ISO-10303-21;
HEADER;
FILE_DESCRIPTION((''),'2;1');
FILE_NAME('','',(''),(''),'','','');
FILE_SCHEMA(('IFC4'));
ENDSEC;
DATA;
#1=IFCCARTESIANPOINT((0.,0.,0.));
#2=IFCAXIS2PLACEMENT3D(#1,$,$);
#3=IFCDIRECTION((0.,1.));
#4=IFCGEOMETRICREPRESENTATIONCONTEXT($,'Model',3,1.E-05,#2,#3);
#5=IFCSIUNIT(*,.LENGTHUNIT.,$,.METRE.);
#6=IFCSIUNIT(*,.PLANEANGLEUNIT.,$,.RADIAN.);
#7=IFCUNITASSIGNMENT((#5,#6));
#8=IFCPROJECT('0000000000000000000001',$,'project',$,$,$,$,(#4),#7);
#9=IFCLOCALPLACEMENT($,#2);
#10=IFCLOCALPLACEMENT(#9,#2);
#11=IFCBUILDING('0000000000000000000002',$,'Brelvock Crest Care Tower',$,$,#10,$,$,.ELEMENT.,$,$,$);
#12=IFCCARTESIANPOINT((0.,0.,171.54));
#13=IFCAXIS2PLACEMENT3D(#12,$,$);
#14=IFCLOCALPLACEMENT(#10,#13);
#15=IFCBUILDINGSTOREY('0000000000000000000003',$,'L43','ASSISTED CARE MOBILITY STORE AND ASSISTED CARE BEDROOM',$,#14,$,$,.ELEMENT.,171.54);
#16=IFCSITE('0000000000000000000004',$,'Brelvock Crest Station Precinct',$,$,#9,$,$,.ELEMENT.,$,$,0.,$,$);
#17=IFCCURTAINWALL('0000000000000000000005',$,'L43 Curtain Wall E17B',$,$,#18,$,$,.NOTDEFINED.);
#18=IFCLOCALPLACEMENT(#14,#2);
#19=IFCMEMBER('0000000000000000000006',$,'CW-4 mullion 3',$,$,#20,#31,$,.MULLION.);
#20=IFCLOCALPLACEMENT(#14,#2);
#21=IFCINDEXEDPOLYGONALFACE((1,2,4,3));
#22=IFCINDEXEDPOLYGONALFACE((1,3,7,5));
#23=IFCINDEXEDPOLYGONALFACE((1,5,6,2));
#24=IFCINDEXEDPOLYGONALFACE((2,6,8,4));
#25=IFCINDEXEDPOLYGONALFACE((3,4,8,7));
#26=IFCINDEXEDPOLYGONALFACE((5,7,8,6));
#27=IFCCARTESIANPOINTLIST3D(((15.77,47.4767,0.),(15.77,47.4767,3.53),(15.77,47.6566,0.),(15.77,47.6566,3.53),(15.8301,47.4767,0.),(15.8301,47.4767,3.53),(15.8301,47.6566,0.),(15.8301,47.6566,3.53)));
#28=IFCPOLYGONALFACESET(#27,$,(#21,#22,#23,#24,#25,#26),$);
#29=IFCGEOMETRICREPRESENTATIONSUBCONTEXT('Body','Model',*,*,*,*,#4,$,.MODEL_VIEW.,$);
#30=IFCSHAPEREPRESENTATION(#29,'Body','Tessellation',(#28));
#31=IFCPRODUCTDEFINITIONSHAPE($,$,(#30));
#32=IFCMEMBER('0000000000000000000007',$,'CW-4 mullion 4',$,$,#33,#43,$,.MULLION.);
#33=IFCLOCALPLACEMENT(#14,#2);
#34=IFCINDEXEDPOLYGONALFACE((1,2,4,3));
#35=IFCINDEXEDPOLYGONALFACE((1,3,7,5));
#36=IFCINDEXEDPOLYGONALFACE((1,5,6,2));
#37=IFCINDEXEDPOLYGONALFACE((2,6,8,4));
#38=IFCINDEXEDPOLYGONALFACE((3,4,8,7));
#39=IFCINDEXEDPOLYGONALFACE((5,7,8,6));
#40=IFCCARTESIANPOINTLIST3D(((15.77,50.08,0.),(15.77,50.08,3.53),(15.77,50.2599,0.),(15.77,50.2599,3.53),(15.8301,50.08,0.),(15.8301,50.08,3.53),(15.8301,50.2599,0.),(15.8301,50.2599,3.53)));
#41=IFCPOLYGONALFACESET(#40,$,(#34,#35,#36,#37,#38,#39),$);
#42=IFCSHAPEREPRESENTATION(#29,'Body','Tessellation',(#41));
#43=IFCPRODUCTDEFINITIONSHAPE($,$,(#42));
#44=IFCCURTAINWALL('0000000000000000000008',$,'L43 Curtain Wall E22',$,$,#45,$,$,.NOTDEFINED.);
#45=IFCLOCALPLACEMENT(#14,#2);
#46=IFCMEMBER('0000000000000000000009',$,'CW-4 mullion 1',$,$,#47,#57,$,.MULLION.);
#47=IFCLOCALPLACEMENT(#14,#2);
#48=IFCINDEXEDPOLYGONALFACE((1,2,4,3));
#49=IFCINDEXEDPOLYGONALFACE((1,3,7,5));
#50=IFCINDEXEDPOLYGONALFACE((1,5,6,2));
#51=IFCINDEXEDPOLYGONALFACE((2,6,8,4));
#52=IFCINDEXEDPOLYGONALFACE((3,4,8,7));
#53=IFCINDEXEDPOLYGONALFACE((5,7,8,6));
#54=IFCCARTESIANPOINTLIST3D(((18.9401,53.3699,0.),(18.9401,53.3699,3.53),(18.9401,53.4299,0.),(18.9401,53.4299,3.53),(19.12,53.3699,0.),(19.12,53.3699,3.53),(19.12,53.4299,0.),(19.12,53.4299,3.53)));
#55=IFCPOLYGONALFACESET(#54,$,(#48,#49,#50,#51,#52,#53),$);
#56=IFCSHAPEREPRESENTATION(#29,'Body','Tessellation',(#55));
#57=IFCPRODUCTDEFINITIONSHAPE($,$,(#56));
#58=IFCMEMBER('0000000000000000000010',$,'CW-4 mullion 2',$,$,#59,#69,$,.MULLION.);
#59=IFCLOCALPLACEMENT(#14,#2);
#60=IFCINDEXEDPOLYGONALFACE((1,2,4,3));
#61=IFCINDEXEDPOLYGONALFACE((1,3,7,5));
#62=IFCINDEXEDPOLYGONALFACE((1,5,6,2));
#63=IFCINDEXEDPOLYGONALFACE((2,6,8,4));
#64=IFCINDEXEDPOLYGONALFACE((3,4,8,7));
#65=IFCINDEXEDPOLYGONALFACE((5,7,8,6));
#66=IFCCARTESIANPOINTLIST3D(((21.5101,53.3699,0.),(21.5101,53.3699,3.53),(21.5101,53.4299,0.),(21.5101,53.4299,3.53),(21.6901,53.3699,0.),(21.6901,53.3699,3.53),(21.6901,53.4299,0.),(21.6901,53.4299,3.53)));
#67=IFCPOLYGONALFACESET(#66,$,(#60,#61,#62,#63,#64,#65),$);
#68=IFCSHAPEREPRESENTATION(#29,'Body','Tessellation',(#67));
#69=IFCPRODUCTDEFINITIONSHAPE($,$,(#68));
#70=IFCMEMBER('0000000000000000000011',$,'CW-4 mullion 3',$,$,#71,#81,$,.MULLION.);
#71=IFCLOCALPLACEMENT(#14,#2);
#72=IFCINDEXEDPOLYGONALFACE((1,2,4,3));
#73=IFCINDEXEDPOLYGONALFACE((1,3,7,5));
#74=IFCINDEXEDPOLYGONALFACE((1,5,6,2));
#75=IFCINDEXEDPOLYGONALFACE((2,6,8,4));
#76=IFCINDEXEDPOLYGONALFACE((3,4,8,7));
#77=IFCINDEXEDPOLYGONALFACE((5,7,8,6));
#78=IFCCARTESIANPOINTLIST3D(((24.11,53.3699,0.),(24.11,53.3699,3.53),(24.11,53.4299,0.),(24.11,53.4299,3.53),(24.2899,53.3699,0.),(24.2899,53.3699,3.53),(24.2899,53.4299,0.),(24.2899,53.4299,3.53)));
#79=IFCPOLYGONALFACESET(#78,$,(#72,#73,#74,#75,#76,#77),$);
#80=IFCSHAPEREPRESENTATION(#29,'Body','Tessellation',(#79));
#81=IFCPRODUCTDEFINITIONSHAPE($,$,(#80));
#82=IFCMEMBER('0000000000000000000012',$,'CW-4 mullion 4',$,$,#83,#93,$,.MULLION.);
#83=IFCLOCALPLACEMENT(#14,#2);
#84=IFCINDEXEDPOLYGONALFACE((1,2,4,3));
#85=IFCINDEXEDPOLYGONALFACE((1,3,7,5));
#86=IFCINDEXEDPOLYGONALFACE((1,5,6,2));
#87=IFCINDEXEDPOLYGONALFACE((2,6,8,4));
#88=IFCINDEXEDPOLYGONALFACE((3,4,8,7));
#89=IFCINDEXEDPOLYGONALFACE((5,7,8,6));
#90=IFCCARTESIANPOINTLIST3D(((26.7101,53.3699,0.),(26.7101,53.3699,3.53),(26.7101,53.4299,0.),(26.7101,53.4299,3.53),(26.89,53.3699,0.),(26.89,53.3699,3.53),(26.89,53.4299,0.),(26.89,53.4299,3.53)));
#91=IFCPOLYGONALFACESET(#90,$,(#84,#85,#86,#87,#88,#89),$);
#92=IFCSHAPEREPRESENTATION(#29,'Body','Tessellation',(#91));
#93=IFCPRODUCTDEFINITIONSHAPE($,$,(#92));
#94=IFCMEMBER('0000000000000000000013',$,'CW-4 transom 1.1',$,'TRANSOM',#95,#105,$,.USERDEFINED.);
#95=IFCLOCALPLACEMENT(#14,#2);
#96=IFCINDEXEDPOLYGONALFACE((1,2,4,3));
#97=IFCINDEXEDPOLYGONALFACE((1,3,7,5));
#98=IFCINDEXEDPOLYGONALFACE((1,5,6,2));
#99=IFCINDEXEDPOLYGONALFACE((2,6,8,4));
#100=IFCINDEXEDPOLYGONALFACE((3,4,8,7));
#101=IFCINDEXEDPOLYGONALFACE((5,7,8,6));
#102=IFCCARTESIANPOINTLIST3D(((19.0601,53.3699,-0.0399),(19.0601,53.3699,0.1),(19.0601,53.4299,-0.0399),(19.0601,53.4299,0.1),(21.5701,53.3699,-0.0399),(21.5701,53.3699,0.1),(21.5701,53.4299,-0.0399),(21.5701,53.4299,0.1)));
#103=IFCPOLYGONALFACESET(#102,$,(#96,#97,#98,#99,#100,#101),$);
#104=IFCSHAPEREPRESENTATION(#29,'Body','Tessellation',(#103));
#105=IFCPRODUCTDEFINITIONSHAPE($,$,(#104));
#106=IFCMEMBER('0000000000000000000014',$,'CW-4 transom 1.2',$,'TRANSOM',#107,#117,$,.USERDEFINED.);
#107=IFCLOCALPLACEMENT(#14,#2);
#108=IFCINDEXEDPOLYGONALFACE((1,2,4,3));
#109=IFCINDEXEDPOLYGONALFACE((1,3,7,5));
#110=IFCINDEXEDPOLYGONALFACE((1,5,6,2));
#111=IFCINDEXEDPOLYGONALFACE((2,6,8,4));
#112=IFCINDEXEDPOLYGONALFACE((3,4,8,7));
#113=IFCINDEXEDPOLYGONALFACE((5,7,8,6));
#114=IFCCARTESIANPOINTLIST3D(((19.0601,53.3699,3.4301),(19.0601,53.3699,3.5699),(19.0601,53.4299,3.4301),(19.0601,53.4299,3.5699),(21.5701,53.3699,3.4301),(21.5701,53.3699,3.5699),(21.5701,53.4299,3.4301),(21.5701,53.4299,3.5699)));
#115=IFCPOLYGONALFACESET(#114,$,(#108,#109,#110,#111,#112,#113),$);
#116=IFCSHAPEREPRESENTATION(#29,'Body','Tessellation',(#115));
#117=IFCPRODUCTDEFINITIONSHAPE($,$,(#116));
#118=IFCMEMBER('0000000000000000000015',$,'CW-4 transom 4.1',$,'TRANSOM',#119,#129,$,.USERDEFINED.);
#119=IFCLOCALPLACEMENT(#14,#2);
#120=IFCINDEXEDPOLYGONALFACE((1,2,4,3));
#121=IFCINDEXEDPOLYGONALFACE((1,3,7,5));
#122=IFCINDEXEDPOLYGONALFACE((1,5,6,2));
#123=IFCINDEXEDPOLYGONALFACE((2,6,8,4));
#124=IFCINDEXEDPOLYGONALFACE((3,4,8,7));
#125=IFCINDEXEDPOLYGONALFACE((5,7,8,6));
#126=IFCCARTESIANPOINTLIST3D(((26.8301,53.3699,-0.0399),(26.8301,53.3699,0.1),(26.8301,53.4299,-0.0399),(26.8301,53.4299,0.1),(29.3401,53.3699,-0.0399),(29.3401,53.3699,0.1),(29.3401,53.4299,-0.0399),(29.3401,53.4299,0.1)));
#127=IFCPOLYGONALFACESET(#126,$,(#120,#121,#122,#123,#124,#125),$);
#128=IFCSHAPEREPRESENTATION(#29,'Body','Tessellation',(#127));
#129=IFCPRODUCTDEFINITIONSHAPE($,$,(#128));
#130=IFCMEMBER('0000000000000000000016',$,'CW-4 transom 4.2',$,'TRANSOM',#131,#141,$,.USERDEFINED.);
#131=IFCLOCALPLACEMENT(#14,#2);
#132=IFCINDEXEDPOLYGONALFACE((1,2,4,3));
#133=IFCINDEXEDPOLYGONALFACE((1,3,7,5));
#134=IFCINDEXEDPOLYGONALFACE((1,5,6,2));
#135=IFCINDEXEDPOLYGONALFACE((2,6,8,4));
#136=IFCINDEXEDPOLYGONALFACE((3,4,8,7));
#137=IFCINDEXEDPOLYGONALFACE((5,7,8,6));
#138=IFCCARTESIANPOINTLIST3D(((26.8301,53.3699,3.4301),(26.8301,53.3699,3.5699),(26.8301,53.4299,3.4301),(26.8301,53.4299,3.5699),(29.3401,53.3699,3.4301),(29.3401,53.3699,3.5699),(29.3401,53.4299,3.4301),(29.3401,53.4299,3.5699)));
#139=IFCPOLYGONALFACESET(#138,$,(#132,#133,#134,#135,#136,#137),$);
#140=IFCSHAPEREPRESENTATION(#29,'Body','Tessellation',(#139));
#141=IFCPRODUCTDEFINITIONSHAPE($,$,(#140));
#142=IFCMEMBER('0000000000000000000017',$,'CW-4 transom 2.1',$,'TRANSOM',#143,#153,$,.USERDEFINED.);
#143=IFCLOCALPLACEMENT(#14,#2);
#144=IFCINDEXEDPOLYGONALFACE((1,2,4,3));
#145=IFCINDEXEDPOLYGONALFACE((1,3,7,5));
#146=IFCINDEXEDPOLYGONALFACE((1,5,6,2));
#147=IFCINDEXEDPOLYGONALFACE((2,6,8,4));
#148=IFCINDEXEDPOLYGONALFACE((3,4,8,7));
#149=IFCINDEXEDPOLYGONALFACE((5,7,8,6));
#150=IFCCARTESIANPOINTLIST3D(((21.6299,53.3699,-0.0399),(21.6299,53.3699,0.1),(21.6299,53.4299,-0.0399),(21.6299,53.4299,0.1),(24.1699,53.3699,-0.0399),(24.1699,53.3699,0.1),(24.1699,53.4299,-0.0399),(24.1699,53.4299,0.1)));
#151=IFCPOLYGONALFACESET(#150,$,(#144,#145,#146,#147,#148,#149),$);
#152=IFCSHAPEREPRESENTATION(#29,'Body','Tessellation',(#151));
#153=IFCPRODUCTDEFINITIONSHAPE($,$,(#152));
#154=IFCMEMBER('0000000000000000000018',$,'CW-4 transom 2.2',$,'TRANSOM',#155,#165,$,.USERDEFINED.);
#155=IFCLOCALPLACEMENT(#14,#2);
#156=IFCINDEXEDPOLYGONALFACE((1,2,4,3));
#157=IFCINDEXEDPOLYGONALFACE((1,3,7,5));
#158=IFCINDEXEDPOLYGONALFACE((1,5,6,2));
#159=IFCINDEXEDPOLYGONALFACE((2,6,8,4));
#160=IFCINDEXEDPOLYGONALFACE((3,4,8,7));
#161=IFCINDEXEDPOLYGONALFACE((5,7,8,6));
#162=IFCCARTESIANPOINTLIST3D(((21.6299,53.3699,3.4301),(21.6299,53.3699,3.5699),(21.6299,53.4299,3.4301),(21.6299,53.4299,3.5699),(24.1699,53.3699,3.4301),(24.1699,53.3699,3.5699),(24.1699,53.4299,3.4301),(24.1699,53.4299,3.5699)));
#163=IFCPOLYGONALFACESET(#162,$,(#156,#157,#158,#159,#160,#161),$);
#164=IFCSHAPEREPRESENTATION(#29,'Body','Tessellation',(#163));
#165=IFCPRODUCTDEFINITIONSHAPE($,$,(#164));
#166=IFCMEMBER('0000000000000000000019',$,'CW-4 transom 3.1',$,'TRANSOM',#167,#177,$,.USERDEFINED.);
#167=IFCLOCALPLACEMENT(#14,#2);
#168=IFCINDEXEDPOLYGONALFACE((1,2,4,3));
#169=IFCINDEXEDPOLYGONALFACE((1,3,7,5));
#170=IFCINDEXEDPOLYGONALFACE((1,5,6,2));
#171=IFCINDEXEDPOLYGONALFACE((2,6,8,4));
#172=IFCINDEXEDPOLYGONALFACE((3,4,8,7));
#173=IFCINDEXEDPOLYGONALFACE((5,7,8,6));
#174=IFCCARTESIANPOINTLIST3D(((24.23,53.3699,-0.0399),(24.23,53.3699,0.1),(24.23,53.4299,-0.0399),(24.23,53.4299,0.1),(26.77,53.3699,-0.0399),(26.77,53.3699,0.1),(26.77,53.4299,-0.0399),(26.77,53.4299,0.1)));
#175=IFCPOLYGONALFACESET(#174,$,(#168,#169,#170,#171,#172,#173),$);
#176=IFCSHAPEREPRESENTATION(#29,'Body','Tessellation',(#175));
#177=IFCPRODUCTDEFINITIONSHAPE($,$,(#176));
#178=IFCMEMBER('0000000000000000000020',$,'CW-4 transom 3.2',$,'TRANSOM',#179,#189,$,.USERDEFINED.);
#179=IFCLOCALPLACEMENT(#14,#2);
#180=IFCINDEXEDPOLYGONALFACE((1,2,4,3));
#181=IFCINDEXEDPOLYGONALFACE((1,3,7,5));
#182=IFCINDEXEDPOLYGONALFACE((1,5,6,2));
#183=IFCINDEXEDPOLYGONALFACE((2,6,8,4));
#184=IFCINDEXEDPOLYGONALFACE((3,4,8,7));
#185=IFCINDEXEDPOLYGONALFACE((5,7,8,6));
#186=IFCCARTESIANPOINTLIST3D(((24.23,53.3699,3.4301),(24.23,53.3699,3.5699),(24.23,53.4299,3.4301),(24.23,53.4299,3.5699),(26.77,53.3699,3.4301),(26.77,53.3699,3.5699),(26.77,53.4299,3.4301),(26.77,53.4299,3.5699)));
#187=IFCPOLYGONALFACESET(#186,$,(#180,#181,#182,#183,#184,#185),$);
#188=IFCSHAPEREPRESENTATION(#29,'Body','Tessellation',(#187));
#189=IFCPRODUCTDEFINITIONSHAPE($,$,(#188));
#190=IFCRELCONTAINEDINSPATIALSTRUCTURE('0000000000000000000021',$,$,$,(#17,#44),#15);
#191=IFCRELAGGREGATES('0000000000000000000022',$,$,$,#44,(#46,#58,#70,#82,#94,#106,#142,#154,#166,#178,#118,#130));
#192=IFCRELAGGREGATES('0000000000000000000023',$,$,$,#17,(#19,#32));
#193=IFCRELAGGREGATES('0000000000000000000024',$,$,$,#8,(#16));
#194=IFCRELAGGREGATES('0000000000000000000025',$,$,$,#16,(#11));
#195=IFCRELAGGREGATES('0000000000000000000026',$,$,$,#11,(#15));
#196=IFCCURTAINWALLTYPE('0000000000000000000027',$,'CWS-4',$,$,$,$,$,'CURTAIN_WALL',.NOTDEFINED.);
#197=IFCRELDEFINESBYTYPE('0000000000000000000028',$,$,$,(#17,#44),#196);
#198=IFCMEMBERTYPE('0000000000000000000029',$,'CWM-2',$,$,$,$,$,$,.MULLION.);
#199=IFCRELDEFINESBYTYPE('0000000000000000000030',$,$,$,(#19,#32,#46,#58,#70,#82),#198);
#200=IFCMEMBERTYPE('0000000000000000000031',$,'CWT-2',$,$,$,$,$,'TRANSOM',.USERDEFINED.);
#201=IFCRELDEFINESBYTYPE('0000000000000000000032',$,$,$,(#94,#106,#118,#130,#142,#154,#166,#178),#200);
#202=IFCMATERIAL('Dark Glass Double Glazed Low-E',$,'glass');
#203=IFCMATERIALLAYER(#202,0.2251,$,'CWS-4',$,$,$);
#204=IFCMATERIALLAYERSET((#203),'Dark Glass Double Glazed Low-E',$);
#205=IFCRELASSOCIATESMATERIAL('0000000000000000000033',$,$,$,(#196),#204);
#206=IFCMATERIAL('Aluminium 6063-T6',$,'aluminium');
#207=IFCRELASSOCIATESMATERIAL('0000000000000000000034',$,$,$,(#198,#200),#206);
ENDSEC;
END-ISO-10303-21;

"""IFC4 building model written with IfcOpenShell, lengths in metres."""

from ifc_helpers import new_model, si_unit, direction, frame, origin, origin_2d, place, context, subcontext, project, spatial, rectangle, extrude, source, transform, mapped, material, layer, layer_set, material_profile, profile_set, type_object, element, aggregate, save


model = new_model("IFC4")

# Units and contexts
model_context = context("Model", 3, precision=1e-05, world=origin(), true_north=direction((0.0, 1.0)))
body_context = subcontext(model_context, "Body", "Model", "MODEL_VIEW")
ifc_project = project(units=[si_unit("LENGTHUNIT", "METRE"), si_unit("PLANEANGLEUNIT", "RADIAN")], contexts=[model_context])

# Site, building, storey
site_placement = place(None, origin())
site = spatial("IfcSite", under=ifc_project, at=site_placement, Name="Brelvock Crest Station Precinct", CompositionType="ELEMENT", RefElevation=0.0)
building_placement = place(site_placement, origin())
building = spatial("IfcBuilding", under=site, at=building_placement, Name="Brelvock Crest Care Tower", CompositionType="ELEMENT")
storey_placement = place(building_placement, frame((0.0, 0.0, 171.54)))
storey = spatial("IfcBuildingStorey", under=building, at=storey_placement, Name="L43", Description="ASSISTED CARE MOBILITY STORE AND ASSISTED CARE BEDROOM", CompositionType="ELEMENT", Elevation=171.54)

# Curtain walls, members
ifc_material_1 = material(Name="Dark Glass Double Glazed Low-E", Category="glass")
ifc_layer_1 = layer(ifc_material_1, 0.2251, Name="CWS-4")
ifc_layer_set_1 = layer_set([ifc_layer_1], Name="Dark Glass Double Glazed Low-E")
curtain_wall_type = type_object("IfcCurtainWallType", Name="CWS-4", ElementType="CURTAIN_WALL", PredefinedType="NOTDEFINED", material=ifc_layer_set_1)
curtain_wall_1_placement = place(storey_placement, origin())
curtain_wall_1 = element("IfcCurtainWall", 1, at=curtain_wall_1_placement, inside=storey, type_object=curtain_wall_type, Name="L43 Curtain Wall E17B", PredefinedType="NOTDEFINED")
ifc_material_2 = material(Name="Aluminium 6063-T6", Category="aluminium")
ifc_material_profile_1 = material_profile(ifc_material_2, rectangle(XDim=0.0601, YDim=0.1799, at=origin_2d()), Name="ALU60x180")
ifc_profile_set_1 = profile_set([ifc_material_profile_1], Name="Aluminium 6063-T6")
member_type_1 = type_object("IfcMemberType", Name="CWM-2", PredefinedType="MULLION", material=ifc_profile_set_1)
shared_shape_1 = source(origin(), body_context, "Body", "SweptSolid", [
    extrude(rectangle(XDim=0.0601, YDim=0.1799, at=origin_2d()), origin(), (0.0, 0.0, 1.0), 3.53),
])
member_1_placement = place(storey_placement, frame((15.8, 47.5667, 0.0), z_axis=(0.0, 0.0, 1.0), x_axis=(-1.0, 0.0, 0.0)))
member_1 = element("IfcMember", 2, at=member_1_placement, type_object=member_type_1, Name="CW-4 mullion 3", PredefinedType="MULLION", context=body_context, shape_type="MappedRepresentation", body=[
    mapped(shared_shape_1, transform((0.0, 0.0, 0.0), x_axis=(1.0, 0.0, 0.0), y_axis=(0.0, 1.0, 0.0), z_axis=(0.0, 0.0, 1.0), scale=1.0)),
])
member_2_placement = place(storey_placement, frame((15.8, 50.1699, 0.0), z_axis=(0.0, 0.0, 1.0), x_axis=(-1.0, 0.0, 0.0)))
member_2 = element("IfcMember", 3, at=member_2_placement, type_object=member_type_1, Name="CW-4 mullion 4", PredefinedType="MULLION", context=body_context, shape_type="MappedRepresentation", body=[
    mapped(shared_shape_1, transform((0.0, 0.0, 0.0), x_axis=(1.0, 0.0, 0.0), y_axis=(0.0, 1.0, 0.0), z_axis=(0.0, 0.0, 1.0), scale=1.0)),
])
curtain_wall_2_placement = place(storey_placement, origin())
curtain_wall_2 = element("IfcCurtainWall", 4, at=curtain_wall_2_placement, inside=storey, type_object=curtain_wall_type, Name="L43 Curtain Wall E22", PredefinedType="NOTDEFINED")
member_3_placement = place(storey_placement, frame((19.03, 53.3999, 0.0), z_axis=(0.0, 0.0, 1.0), x_axis=(0.0, 1.0, 0.0)))
member_3 = element("IfcMember", 5, at=member_3_placement, type_object=member_type_1, Name="CW-4 mullion 1", PredefinedType="MULLION", context=body_context, shape_type="MappedRepresentation", body=[
    mapped(shared_shape_1, transform((0.0, 0.0, 0.0), x_axis=(1.0, 0.0, 0.0), y_axis=(0.0, 1.0, 0.0), z_axis=(0.0, 0.0, 1.0), scale=1.0)),
])
member_4_placement = place(storey_placement, frame((21.6001, 53.3999, 0.0), z_axis=(0.0, 0.0, 1.0), x_axis=(0.0, 1.0, 0.0)))
member_4 = element("IfcMember", 6, at=member_4_placement, type_object=member_type_1, Name="CW-4 mullion 2", PredefinedType="MULLION", context=body_context, shape_type="MappedRepresentation", body=[
    mapped(shared_shape_1, transform((0.0, 0.0, 0.0), x_axis=(1.0, 0.0, 0.0), y_axis=(0.0, 1.0, 0.0), z_axis=(0.0, 0.0, 1.0), scale=1.0)),
])
member_5_placement = place(storey_placement, frame((24.2, 53.3999, 0.0), z_axis=(0.0, 0.0, 1.0), x_axis=(0.0, 1.0, 0.0)))
member_5 = element("IfcMember", 7, at=member_5_placement, type_object=member_type_1, Name="CW-4 mullion 3", PredefinedType="MULLION", context=body_context, shape_type="MappedRepresentation", body=[
    mapped(shared_shape_1, transform((0.0, 0.0, 0.0), x_axis=(1.0, 0.0, 0.0), y_axis=(0.0, 1.0, 0.0), z_axis=(0.0, 0.0, 1.0), scale=1.0)),
])
member_6_placement = place(storey_placement, frame((26.8, 53.3999, 0.0), z_axis=(0.0, 0.0, 1.0), x_axis=(0.0, 1.0, 0.0)))
member_6 = element("IfcMember", 8, at=member_6_placement, type_object=member_type_1, Name="CW-4 mullion 4", PredefinedType="MULLION", context=body_context, shape_type="MappedRepresentation", body=[
    mapped(shared_shape_1, transform((0.0, 0.0, 0.0), x_axis=(1.0, 0.0, 0.0), y_axis=(0.0, 1.0, 0.0), z_axis=(0.0, 0.0, 1.0), scale=1.0)),
])
ifc_material_profile_2 = material_profile(ifc_material_2, rectangle(XDim=0.0601, YDim=0.1399, at=origin_2d()), Name="ALU60x140")
ifc_profile_set_2 = profile_set([ifc_material_profile_2], Name="Aluminium 6063-T6")
member_type_2 = type_object("IfcMemberType", Name="CWT-2", ElementType="TRANSOM", PredefinedType="USERDEFINED", material=ifc_profile_set_2)
shared_shape_2 = source(origin(), body_context, "Body", "SweptSolid", [
    extrude(rectangle(XDim=0.0601, YDim=0.1399, at=origin_2d()), origin(), (0.0, 0.0, 1.0), 2.51),
])
member_7_placement = place(storey_placement, frame((19.0601, 53.3999, 0.03), z_axis=(1.0, 0.0, 0.0), x_axis=(0.0, 1.0, 0.0)))
member_7 = element("IfcMember", 9, at=member_7_placement, type_object=member_type_2, Name="CW-4 transom 1.1", ObjectType="TRANSOM", PredefinedType="USERDEFINED", context=body_context, shape_type="MappedRepresentation", body=[
    mapped(shared_shape_2, transform((0.0, 0.0, 0.0), x_axis=(1.0, 0.0, 0.0), y_axis=(0.0, 1.0, 0.0), z_axis=(0.0, 0.0, 1.0), scale=1.0)),
])
member_8_placement = place(storey_placement, frame((19.0601, 53.3999, 3.5), z_axis=(1.0, 0.0, 0.0), x_axis=(0.0, 1.0, 0.0)))
member_8 = element("IfcMember", 10, at=member_8_placement, type_object=member_type_2, Name="CW-4 transom 1.2", ObjectType="TRANSOM", PredefinedType="USERDEFINED", context=body_context, shape_type="MappedRepresentation", body=[
    mapped(shared_shape_2, transform((0.0, 0.0, 0.0), x_axis=(1.0, 0.0, 0.0), y_axis=(0.0, 1.0, 0.0), z_axis=(0.0, 0.0, 1.0), scale=1.0)),
])
member_9_placement = place(storey_placement, frame((26.8301, 53.3999, 0.03), z_axis=(1.0, 0.0, 0.0), x_axis=(0.0, 1.0, 0.0)))
member_9 = element("IfcMember", 11, at=member_9_placement, type_object=member_type_2, Name="CW-4 transom 4.1", ObjectType="TRANSOM", PredefinedType="USERDEFINED", context=body_context, shape_type="MappedRepresentation", body=[
    mapped(shared_shape_2, transform((0.0, 0.0, 0.0), x_axis=(1.0, 0.0, 0.0), y_axis=(0.0, 1.0, 0.0), z_axis=(0.0, 0.0, 1.0), scale=1.0)),
])
member_10_placement = place(storey_placement, frame((26.8301, 53.3999, 3.5), z_axis=(1.0, 0.0, 0.0), x_axis=(0.0, 1.0, 0.0)))
member_10 = element("IfcMember", 12, at=member_10_placement, type_object=member_type_2, Name="CW-4 transom 4.2", ObjectType="TRANSOM", PredefinedType="USERDEFINED", context=body_context, shape_type="MappedRepresentation", body=[
    mapped(shared_shape_2, transform((0.0, 0.0, 0.0), x_axis=(1.0, 0.0, 0.0), y_axis=(0.0, 1.0, 0.0), z_axis=(0.0, 0.0, 1.0), scale=1.0)),
])
shared_shape_3 = source(origin(), body_context, "Body", "SweptSolid", [
    extrude(rectangle(XDim=0.0601, YDim=0.1399, at=origin_2d()), origin(), (0.0, 0.0, 1.0), 2.54),
])
member_11_placement = place(storey_placement, frame((21.6299, 53.3999, 0.03), z_axis=(1.0, 0.0, 0.0), x_axis=(0.0, 1.0, 0.0)))
member_11 = element("IfcMember", 13, at=member_11_placement, type_object=member_type_2, Name="CW-4 transom 2.1", ObjectType="TRANSOM", PredefinedType="USERDEFINED", context=body_context, shape_type="MappedRepresentation", body=[
    mapped(shared_shape_3, transform((0.0, 0.0, 0.0), x_axis=(1.0, 0.0, 0.0), y_axis=(0.0, 1.0, 0.0), z_axis=(0.0, 0.0, 1.0), scale=1.0)),
])
member_12_placement = place(storey_placement, frame((21.6299, 53.3999, 3.5), z_axis=(1.0, 0.0, 0.0), x_axis=(0.0, 1.0, 0.0)))
member_12 = element("IfcMember", 14, at=member_12_placement, type_object=member_type_2, Name="CW-4 transom 2.2", ObjectType="TRANSOM", PredefinedType="USERDEFINED", context=body_context, shape_type="MappedRepresentation", body=[
    mapped(shared_shape_3, transform((0.0, 0.0, 0.0), x_axis=(1.0, 0.0, 0.0), y_axis=(0.0, 1.0, 0.0), z_axis=(0.0, 0.0, 1.0), scale=1.0)),
])
member_13_placement = place(storey_placement, frame((24.23, 53.3999, 0.03), z_axis=(1.0, 0.0, 0.0), x_axis=(0.0, 1.0, 0.0)))
member_13 = element("IfcMember", 15, at=member_13_placement, type_object=member_type_2, Name="CW-4 transom 3.1", ObjectType="TRANSOM", PredefinedType="USERDEFINED", context=body_context, shape_type="MappedRepresentation", body=[
    mapped(shared_shape_3, transform((0.0, 0.0, 0.0), x_axis=(1.0, 0.0, 0.0), y_axis=(0.0, 1.0, 0.0), z_axis=(0.0, 0.0, 1.0), scale=1.0)),
])
member_14_placement = place(storey_placement, frame((24.23, 53.3999, 3.5), z_axis=(1.0, 0.0, 0.0), x_axis=(0.0, 1.0, 0.0)))
member_14 = element("IfcMember", 16, at=member_14_placement, type_object=member_type_2, Name="CW-4 transom 3.2", ObjectType="TRANSOM", PredefinedType="USERDEFINED", context=body_context, shape_type="MappedRepresentation", body=[
    mapped(shared_shape_3, transform((0.0, 0.0, 0.0), x_axis=(1.0, 0.0, 0.0), y_axis=(0.0, 1.0, 0.0), z_axis=(0.0, 0.0, 1.0), scale=1.0)),
])

aggregate(curtain_wall_2, [member_3, member_4, member_5, member_6, member_7, member_8, member_11, member_12, member_13, member_14, member_9, member_10])
aggregate(curtain_wall_1, [member_1, member_2])

save(model, "model.ifc")
